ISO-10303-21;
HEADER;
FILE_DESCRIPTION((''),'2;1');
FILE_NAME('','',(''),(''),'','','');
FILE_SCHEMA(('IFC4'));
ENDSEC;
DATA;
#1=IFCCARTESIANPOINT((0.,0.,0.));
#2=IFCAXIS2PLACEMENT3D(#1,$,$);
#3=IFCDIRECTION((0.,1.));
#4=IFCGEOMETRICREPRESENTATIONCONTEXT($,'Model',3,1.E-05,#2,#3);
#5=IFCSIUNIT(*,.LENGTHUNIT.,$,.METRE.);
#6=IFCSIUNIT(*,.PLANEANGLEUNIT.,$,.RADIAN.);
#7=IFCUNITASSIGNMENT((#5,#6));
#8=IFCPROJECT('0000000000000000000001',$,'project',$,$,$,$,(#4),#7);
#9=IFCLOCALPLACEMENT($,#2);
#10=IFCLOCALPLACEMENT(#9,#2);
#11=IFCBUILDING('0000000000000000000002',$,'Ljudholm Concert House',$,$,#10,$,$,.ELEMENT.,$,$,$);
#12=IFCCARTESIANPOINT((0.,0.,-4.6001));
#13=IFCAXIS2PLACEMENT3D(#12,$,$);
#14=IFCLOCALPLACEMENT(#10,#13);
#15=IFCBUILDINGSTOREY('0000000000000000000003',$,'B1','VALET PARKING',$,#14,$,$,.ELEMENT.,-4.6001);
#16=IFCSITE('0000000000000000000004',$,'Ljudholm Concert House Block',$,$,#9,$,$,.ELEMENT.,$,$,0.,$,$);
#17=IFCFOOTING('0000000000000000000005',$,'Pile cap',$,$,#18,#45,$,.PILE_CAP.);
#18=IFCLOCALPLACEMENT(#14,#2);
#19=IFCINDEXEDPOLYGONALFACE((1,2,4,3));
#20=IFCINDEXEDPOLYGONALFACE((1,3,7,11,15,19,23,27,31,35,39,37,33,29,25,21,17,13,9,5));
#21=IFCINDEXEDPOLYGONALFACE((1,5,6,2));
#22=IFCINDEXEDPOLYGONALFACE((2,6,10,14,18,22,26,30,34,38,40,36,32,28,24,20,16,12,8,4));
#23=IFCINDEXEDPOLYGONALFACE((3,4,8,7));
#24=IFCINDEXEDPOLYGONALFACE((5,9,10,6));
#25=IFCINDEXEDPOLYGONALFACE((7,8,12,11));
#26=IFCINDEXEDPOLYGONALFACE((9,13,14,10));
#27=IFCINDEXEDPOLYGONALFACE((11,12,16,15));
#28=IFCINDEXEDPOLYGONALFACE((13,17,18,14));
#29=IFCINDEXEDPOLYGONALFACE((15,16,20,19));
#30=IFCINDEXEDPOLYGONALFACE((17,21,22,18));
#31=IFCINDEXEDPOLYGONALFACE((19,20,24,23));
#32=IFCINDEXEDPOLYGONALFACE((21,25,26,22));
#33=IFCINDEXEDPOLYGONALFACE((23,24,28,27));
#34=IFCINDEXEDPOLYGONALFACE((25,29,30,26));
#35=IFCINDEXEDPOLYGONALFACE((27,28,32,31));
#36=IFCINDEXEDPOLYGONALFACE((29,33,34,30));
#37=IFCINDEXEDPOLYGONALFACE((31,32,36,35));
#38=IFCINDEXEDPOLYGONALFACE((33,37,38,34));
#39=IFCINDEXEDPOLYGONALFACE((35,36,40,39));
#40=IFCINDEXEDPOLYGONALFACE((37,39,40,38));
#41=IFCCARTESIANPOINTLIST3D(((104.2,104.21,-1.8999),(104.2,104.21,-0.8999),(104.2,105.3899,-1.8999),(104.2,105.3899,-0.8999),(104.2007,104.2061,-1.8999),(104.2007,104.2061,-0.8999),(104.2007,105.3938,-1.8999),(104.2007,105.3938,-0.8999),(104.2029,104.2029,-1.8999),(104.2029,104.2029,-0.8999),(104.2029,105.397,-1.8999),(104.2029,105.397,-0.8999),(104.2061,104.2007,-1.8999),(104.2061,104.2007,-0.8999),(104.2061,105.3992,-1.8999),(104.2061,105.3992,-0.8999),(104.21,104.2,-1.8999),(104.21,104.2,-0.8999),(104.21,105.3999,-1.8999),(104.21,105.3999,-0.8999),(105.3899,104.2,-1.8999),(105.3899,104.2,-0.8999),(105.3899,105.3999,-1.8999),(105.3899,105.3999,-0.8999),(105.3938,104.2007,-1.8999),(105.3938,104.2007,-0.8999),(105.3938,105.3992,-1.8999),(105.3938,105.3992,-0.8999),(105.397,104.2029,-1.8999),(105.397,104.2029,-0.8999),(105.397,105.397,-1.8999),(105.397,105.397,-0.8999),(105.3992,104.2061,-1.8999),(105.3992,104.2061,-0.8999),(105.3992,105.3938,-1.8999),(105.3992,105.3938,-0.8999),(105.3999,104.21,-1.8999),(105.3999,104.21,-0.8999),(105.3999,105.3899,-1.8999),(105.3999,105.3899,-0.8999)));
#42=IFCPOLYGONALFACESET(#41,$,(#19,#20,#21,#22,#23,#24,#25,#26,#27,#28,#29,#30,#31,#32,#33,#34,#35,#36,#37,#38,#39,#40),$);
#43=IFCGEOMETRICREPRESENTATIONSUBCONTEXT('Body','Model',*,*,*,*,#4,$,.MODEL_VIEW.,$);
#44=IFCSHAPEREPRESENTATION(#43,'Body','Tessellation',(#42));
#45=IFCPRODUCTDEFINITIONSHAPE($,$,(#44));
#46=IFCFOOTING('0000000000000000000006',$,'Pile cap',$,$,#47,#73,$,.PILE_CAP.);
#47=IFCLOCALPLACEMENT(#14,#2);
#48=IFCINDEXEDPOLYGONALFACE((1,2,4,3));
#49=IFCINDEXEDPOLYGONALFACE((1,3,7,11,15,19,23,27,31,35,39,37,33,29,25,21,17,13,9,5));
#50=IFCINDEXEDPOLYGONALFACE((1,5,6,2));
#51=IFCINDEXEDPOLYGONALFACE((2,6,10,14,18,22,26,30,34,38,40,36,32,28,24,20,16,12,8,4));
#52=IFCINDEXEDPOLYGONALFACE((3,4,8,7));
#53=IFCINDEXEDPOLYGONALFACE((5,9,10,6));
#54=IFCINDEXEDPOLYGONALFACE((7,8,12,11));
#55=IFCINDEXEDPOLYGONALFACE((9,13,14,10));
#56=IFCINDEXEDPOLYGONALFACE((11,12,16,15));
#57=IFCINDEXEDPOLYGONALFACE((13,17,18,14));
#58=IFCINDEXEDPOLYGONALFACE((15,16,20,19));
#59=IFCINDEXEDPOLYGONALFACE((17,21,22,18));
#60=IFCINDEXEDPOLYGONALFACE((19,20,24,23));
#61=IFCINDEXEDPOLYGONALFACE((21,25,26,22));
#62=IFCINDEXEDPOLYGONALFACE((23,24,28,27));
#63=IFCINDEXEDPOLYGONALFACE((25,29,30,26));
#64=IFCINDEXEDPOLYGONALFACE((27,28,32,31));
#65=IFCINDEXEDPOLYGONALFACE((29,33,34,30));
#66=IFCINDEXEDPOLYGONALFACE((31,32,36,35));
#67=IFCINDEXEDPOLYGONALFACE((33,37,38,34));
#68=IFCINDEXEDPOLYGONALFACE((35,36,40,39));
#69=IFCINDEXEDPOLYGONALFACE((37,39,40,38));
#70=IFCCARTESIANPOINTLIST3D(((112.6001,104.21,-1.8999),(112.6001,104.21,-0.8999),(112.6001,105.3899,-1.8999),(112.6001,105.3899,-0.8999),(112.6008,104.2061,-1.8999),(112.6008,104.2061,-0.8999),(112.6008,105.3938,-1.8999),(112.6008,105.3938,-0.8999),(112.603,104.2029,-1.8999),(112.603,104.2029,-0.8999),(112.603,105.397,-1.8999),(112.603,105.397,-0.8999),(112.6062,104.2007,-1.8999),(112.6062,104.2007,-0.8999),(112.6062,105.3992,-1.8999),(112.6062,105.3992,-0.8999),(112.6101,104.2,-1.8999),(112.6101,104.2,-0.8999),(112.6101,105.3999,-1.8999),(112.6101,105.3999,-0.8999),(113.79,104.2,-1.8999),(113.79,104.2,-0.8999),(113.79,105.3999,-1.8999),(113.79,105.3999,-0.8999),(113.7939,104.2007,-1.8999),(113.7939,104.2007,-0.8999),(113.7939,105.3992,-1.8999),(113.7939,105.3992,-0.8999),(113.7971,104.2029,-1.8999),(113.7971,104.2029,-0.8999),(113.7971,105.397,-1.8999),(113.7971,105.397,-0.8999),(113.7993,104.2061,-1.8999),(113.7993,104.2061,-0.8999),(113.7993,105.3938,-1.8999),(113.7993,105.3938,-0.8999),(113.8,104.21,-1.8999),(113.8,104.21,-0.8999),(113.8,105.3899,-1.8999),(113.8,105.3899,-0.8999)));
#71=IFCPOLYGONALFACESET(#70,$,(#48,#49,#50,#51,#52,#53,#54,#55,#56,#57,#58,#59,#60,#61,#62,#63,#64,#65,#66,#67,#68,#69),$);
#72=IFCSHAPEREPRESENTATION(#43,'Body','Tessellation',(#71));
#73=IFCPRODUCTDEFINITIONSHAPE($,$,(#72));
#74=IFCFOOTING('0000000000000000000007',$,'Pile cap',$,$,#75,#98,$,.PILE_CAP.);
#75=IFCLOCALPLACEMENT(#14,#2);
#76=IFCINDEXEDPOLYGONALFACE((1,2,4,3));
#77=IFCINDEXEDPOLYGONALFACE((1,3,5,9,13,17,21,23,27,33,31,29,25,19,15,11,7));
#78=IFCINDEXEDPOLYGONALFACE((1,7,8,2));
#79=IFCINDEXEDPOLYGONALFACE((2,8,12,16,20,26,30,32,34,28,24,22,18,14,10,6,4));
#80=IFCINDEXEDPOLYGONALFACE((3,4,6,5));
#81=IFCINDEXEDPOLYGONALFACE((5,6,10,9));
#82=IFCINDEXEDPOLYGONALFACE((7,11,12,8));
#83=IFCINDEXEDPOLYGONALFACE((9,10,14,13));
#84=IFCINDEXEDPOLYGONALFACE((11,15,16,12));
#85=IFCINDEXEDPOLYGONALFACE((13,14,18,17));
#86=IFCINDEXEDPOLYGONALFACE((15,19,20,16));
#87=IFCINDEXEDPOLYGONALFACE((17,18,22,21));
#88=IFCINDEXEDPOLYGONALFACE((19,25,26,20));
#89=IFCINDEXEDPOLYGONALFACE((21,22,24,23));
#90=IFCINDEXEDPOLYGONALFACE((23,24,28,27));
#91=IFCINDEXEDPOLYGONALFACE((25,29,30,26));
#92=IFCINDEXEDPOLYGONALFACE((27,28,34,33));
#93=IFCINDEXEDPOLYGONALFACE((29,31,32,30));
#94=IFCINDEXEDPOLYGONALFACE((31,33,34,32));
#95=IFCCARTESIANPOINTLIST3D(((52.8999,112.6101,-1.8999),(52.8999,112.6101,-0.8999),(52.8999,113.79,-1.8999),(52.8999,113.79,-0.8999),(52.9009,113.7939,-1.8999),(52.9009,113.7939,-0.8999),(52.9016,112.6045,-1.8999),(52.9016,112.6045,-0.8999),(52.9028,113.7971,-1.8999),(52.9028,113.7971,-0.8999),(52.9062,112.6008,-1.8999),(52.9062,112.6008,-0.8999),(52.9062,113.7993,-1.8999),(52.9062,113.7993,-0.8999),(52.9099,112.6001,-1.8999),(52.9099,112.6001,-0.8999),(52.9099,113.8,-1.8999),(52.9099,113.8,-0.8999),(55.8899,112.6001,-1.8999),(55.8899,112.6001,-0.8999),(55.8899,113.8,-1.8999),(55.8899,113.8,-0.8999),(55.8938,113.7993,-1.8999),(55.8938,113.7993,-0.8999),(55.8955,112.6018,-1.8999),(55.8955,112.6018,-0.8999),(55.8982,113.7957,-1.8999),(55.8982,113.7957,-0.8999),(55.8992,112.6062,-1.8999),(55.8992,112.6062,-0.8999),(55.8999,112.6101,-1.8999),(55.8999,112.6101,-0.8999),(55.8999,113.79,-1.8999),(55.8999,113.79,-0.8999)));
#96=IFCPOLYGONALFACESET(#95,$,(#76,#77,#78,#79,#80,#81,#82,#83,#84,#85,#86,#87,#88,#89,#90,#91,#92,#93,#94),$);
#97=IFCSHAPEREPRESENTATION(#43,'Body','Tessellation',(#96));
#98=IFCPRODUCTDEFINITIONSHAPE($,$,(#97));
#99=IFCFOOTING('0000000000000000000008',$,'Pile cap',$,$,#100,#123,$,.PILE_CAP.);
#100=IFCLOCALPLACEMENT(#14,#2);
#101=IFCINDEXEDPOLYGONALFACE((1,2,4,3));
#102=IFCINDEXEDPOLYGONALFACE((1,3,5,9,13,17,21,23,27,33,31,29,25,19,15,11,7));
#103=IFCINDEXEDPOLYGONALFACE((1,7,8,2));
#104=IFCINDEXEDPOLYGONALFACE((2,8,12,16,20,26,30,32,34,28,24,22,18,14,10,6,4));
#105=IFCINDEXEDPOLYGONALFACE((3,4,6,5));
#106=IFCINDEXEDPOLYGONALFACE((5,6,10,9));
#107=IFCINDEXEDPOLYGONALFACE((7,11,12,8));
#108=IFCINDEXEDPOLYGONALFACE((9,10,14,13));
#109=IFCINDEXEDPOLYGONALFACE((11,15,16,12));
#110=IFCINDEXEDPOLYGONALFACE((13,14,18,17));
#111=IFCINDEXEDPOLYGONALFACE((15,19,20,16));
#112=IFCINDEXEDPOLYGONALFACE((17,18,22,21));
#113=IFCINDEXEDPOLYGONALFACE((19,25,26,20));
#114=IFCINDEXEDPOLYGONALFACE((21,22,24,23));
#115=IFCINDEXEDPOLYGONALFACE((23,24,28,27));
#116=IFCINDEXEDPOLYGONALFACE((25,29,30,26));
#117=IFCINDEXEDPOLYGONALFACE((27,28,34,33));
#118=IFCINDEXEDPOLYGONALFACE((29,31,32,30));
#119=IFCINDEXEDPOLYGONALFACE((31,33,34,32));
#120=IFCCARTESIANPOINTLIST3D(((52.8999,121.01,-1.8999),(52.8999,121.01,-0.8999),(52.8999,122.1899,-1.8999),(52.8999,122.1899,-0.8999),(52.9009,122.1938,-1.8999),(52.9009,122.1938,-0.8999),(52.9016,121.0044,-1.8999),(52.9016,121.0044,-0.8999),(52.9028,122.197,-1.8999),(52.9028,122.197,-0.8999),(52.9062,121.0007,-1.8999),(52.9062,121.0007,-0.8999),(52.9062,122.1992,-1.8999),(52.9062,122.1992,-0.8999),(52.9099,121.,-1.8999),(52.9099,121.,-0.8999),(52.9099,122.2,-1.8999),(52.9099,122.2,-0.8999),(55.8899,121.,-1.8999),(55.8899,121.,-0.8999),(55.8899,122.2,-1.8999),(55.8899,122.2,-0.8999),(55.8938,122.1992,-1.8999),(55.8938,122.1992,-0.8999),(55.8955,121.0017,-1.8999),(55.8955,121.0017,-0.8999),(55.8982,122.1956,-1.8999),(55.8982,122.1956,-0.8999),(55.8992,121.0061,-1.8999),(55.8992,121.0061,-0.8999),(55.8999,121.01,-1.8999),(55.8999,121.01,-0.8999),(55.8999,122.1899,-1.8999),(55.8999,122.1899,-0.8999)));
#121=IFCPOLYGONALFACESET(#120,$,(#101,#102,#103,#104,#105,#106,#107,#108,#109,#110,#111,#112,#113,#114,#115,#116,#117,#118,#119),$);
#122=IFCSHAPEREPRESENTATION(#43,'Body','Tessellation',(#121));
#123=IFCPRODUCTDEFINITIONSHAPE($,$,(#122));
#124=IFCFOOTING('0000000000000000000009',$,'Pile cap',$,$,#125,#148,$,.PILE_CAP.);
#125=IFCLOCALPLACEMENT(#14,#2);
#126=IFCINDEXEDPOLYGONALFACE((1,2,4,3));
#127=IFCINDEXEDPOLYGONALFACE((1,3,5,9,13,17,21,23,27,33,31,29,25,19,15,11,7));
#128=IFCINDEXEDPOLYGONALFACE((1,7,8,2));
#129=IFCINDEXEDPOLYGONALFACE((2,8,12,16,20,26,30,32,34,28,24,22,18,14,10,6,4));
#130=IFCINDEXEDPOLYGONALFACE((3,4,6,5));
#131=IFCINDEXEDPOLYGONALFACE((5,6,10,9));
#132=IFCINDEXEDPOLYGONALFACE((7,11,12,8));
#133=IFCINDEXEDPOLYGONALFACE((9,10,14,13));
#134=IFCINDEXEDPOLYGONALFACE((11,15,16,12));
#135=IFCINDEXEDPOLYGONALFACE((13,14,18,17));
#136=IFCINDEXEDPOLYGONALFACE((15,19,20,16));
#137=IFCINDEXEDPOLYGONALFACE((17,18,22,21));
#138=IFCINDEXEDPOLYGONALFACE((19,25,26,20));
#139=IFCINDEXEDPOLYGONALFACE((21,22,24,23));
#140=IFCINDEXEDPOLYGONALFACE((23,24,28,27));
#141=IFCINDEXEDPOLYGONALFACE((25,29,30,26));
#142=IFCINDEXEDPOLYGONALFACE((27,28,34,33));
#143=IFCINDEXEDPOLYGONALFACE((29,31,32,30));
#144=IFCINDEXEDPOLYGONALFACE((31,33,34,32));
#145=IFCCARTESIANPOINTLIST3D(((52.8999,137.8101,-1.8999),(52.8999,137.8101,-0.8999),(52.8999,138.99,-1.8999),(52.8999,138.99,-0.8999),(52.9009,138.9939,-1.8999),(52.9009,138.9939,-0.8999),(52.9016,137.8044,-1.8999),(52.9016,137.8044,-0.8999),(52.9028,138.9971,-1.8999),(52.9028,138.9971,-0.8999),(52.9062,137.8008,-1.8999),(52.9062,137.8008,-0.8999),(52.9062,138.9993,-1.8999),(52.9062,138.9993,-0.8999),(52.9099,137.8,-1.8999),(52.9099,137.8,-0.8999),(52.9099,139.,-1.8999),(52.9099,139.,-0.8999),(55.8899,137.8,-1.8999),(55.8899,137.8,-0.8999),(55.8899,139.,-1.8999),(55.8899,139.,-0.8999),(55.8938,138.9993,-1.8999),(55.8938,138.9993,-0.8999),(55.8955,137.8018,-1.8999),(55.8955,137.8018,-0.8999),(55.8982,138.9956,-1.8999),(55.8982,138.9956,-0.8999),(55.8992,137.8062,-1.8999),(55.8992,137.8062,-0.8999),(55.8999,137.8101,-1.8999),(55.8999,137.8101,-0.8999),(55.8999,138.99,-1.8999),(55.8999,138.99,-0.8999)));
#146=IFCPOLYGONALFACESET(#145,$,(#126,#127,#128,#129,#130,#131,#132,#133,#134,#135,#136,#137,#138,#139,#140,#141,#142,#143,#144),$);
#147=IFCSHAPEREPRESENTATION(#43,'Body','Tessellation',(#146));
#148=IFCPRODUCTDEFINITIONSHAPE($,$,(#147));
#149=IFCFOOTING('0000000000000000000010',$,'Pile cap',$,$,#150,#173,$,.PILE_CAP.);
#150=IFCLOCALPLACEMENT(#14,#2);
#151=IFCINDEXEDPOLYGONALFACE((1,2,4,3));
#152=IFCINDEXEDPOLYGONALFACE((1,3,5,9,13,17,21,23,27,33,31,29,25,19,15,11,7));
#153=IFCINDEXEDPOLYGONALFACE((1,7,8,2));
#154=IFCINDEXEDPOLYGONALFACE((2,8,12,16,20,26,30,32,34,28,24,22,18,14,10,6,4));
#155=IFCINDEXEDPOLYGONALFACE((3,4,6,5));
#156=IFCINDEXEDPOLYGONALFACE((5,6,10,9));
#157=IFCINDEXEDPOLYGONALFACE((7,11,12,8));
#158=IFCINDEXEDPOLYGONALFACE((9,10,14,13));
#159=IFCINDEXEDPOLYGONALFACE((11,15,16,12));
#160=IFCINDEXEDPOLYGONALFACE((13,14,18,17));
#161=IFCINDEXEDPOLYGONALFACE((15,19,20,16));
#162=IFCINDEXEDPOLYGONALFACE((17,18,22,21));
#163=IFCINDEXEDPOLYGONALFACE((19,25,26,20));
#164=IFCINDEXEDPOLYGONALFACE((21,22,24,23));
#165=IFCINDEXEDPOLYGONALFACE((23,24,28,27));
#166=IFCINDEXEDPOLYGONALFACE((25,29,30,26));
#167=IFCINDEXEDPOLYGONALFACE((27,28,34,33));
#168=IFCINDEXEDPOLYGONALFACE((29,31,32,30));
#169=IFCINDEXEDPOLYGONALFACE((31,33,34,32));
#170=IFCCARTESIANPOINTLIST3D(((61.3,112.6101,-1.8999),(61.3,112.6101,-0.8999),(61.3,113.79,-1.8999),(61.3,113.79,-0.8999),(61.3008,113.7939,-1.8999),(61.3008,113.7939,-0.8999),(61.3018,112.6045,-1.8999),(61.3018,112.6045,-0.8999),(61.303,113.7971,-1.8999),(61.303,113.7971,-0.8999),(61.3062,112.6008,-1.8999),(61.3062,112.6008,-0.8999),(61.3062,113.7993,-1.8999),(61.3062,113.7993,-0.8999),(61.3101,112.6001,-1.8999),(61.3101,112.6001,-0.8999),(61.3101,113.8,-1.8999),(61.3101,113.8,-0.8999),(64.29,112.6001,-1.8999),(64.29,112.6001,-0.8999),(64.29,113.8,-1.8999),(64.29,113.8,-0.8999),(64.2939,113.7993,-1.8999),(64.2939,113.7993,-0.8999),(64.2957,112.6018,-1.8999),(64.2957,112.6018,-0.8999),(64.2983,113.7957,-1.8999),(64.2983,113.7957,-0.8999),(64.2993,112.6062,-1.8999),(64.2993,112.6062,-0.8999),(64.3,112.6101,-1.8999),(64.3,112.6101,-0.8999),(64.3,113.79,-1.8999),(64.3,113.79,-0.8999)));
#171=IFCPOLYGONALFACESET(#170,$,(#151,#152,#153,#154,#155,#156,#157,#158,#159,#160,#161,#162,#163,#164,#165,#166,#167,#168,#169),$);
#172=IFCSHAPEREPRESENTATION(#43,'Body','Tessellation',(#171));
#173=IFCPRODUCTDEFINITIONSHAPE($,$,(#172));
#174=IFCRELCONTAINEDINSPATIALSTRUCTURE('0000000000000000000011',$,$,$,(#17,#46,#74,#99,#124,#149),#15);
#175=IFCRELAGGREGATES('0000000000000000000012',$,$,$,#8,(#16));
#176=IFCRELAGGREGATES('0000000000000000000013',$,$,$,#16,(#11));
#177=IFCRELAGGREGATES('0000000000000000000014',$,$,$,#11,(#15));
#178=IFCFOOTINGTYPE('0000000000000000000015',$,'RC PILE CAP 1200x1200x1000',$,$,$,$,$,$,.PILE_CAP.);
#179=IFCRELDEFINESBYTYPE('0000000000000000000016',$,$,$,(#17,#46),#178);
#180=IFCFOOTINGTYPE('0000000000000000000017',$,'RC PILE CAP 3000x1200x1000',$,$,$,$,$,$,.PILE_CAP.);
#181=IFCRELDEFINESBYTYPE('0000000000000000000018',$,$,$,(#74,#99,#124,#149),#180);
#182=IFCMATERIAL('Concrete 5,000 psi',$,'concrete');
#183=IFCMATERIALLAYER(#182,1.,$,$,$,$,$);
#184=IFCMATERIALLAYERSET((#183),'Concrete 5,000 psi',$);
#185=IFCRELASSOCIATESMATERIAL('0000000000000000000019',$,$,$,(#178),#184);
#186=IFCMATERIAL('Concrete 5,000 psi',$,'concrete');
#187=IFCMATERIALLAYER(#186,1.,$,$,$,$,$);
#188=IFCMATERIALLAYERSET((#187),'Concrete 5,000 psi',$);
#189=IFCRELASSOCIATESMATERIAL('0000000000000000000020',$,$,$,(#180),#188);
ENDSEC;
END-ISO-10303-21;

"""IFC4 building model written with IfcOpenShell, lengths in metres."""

from ifc_helpers import new_model, si_unit, direction, frame, origin, place, context, subcontext, project, spatial, polyline, outline, extrude, material, layer, layer_set, type_object, element, save


model = new_model("IFC4")

# Units and contexts
model_context = context("Model", 3, precision=1e-05, world=origin(), true_north=direction((0.0, 1.0)))
body_context = subcontext(model_context, "Body", "Model", "MODEL_VIEW")
ifc_project = project(units=[si_unit("LENGTHUNIT", "METRE"), si_unit("PLANEANGLEUNIT", "RADIAN")], contexts=[model_context])

# Site, building, storey
site_placement = place(None, origin())
site = spatial("IfcSite", under=ifc_project, at=site_placement, Name="Ljudholm Concert House Block", CompositionType="ELEMENT", RefElevation=0.0)
building_placement = place(site_placement, origin())
building = spatial("IfcBuilding", under=site, at=building_placement, Name="Ljudholm Concert House", CompositionType="ELEMENT")
storey_placement = place(building_placement, frame((0.0, 0.0, -4.6001)))
storey = spatial("IfcBuildingStorey", under=building, at=storey_placement, Name="B1", Description="VALET PARKING", CompositionType="ELEMENT", Elevation=-4.6001)

# Footings
ifc_material_1 = material(Name="Concrete 5,000 psi", Category="concrete")
ifc_layer_1 = layer(ifc_material_1, 1.0)
ifc_layer_set_1 = layer_set([ifc_layer_1], Name="Concrete 5,000 psi")
footing_type_1 = type_object("IfcFootingType", Name="RC PILE CAP 1200x1200x1000", PredefinedType="PILE_CAP", material=ifc_layer_set_1)
footing_1_placement = place(storey_placement, frame((0.0, 0.0, -1.8999)))
element("IfcFooting", 1, at=footing_1_placement, inside=storey, type_object=footing_type_1, Name="Pile cap", PredefinedType="PILE_CAP", context=body_context, shape_type="SweptSolid", body=[
    extrude(outline(polyline([(104.21, 104.2), (105.3899, 104.2), (105.3938, 104.2007), (105.397, 104.2029), (105.3992, 104.2061), (105.3999, 104.21), (105.3999, 105.3899), (105.3992, 105.3938), (105.397, 105.397), (105.3938, 105.3992), (105.3899, 105.3999), (104.21, 105.3999), (104.2061, 105.3992), (104.2029, 105.397), (104.2007, 105.3938), (104.2, 105.3899), (104.2, 104.21), (104.2007, 104.2061), (104.2029, 104.2029), (104.2061, 104.2007), (104.21, 104.2)])), origin(), (0.0, 0.0, 1.0), 1.0),
])
footing_2_placement = place(storey_placement, frame((0.0, 0.0, -1.8999)))
element("IfcFooting", 2, at=footing_2_placement, inside=storey, type_object=footing_type_1, Name="Pile cap", PredefinedType="PILE_CAP", context=body_context, shape_type="SweptSolid", body=[
    extrude(outline(polyline([(112.6101, 104.2), (113.79, 104.2), (113.7939, 104.2007), (113.7971, 104.2029), (113.7993, 104.2061), (113.8, 104.21), (113.8, 105.3899), (113.7993, 105.3938), (113.7971, 105.397), (113.7939, 105.3992), (113.79, 105.3999), (112.6101, 105.3999), (112.6062, 105.3992), (112.603, 105.397), (112.6008, 105.3938), (112.6001, 105.3899), (112.6001, 104.21), (112.6008, 104.2061), (112.603, 104.2029), (112.6062, 104.2007), (112.6101, 104.2)])), origin(), (0.0, 0.0, 1.0), 1.0),
])
ifc_material_2 = material(Name="Concrete 5,000 psi", Category="concrete")
ifc_layer_2 = layer(ifc_material_2, 1.0)
ifc_layer_set_2 = layer_set([ifc_layer_2], Name="Concrete 5,000 psi")
footing_type_2 = type_object("IfcFootingType", Name="RC PILE CAP 3000x1200x1000", PredefinedType="PILE_CAP", material=ifc_layer_set_2)
footing_3_placement = place(storey_placement, frame((0.0, 0.0, -1.8999)))
element("IfcFooting", 3, at=footing_3_placement, inside=storey, type_object=footing_type_2, Name="Pile cap", PredefinedType="PILE_CAP", context=body_context, shape_type="SweptSolid", body=[
    extrude(outline(polyline([(52.8999, 113.79), (52.8999, 112.6101), (52.9016, 112.6045), (52.9062, 112.6008), (52.9099, 112.6001), (55.8899, 112.6001), (55.8955, 112.6018), (55.8992, 112.6062), (55.8999, 112.6101), (55.8999, 113.79), (55.8982, 113.7957), (55.8938, 113.7993), (55.8899, 113.8), (52.9099, 113.8), (52.9062, 113.7993), (52.9028, 113.7971), (52.9009, 113.7939), (52.8999, 113.79)])), origin(), (0.0, 0.0, 1.0), 1.0),
])
footing_4_placement = place(storey_placement, frame((0.0, 0.0, -1.8999)))
element("IfcFooting", 4, at=footing_4_placement, inside=storey, type_object=footing_type_2, Name="Pile cap", PredefinedType="PILE_CAP", context=body_context, shape_type="SweptSolid", body=[
    extrude(outline(polyline([(52.8999, 122.1899), (52.8999, 121.01), (52.9016, 121.0044), (52.9062, 121.0007), (52.9099, 121.0), (55.8899, 121.0), (55.8955, 121.0017), (55.8992, 121.0061), (55.8999, 121.01), (55.8999, 122.1899), (55.8982, 122.1956), (55.8938, 122.1992), (55.8899, 122.2), (52.9099, 122.2), (52.9062, 122.1992), (52.9028, 122.197), (52.9009, 122.1938), (52.8999, 122.1899)])), origin(), (0.0, 0.0, 1.0), 1.0),
])
footing_5_placement = place(storey_placement, frame((0.0, 0.0, -1.8999)))
element("IfcFooting", 5, at=footing_5_placement, inside=storey, type_object=footing_type_2, Name="Pile cap", PredefinedType="PILE_CAP", context=body_context, shape_type="SweptSolid", body=[
    extrude(outline(polyline([(52.8999, 138.99), (52.8999, 137.8101), (52.9016, 137.8044), (52.9062, 137.8008), (52.9099, 137.8), (55.8899, 137.8), (55.8955, 137.8018), (55.8992, 137.8062), (55.8999, 137.8101), (55.8999, 138.99), (55.8982, 138.9956), (55.8938, 138.9993), (55.8899, 139.0), (52.9099, 139.0), (52.9062, 138.9993), (52.9028, 138.9971), (52.9009, 138.9939), (52.8999, 138.99)])), origin(), (0.0, 0.0, 1.0), 1.0),
])
footing_6_placement = place(storey_placement, frame((0.0, 0.0, -1.8999)))
element("IfcFooting", 6, at=footing_6_placement, inside=storey, type_object=footing_type_2, Name="Pile cap", PredefinedType="PILE_CAP", context=body_context, shape_type="SweptSolid", body=[
    extrude(outline(polyline([(61.3, 113.79), (61.3, 112.6101), (61.3018, 112.6045), (61.3062, 112.6008), (61.3101, 112.6001), (64.29, 112.6001), (64.2957, 112.6018), (64.2993, 112.6062), (64.3, 112.6101), (64.3, 113.79), (64.2983, 113.7957), (64.2939, 113.7993), (64.29, 113.8), (61.3101, 113.8), (61.3062, 113.7993), (61.303, 113.7971), (61.3008, 113.7939), (61.3, 113.79)])), origin(), (0.0, 0.0, 1.0), 1.0),
])

save(model, "model.ifc")
